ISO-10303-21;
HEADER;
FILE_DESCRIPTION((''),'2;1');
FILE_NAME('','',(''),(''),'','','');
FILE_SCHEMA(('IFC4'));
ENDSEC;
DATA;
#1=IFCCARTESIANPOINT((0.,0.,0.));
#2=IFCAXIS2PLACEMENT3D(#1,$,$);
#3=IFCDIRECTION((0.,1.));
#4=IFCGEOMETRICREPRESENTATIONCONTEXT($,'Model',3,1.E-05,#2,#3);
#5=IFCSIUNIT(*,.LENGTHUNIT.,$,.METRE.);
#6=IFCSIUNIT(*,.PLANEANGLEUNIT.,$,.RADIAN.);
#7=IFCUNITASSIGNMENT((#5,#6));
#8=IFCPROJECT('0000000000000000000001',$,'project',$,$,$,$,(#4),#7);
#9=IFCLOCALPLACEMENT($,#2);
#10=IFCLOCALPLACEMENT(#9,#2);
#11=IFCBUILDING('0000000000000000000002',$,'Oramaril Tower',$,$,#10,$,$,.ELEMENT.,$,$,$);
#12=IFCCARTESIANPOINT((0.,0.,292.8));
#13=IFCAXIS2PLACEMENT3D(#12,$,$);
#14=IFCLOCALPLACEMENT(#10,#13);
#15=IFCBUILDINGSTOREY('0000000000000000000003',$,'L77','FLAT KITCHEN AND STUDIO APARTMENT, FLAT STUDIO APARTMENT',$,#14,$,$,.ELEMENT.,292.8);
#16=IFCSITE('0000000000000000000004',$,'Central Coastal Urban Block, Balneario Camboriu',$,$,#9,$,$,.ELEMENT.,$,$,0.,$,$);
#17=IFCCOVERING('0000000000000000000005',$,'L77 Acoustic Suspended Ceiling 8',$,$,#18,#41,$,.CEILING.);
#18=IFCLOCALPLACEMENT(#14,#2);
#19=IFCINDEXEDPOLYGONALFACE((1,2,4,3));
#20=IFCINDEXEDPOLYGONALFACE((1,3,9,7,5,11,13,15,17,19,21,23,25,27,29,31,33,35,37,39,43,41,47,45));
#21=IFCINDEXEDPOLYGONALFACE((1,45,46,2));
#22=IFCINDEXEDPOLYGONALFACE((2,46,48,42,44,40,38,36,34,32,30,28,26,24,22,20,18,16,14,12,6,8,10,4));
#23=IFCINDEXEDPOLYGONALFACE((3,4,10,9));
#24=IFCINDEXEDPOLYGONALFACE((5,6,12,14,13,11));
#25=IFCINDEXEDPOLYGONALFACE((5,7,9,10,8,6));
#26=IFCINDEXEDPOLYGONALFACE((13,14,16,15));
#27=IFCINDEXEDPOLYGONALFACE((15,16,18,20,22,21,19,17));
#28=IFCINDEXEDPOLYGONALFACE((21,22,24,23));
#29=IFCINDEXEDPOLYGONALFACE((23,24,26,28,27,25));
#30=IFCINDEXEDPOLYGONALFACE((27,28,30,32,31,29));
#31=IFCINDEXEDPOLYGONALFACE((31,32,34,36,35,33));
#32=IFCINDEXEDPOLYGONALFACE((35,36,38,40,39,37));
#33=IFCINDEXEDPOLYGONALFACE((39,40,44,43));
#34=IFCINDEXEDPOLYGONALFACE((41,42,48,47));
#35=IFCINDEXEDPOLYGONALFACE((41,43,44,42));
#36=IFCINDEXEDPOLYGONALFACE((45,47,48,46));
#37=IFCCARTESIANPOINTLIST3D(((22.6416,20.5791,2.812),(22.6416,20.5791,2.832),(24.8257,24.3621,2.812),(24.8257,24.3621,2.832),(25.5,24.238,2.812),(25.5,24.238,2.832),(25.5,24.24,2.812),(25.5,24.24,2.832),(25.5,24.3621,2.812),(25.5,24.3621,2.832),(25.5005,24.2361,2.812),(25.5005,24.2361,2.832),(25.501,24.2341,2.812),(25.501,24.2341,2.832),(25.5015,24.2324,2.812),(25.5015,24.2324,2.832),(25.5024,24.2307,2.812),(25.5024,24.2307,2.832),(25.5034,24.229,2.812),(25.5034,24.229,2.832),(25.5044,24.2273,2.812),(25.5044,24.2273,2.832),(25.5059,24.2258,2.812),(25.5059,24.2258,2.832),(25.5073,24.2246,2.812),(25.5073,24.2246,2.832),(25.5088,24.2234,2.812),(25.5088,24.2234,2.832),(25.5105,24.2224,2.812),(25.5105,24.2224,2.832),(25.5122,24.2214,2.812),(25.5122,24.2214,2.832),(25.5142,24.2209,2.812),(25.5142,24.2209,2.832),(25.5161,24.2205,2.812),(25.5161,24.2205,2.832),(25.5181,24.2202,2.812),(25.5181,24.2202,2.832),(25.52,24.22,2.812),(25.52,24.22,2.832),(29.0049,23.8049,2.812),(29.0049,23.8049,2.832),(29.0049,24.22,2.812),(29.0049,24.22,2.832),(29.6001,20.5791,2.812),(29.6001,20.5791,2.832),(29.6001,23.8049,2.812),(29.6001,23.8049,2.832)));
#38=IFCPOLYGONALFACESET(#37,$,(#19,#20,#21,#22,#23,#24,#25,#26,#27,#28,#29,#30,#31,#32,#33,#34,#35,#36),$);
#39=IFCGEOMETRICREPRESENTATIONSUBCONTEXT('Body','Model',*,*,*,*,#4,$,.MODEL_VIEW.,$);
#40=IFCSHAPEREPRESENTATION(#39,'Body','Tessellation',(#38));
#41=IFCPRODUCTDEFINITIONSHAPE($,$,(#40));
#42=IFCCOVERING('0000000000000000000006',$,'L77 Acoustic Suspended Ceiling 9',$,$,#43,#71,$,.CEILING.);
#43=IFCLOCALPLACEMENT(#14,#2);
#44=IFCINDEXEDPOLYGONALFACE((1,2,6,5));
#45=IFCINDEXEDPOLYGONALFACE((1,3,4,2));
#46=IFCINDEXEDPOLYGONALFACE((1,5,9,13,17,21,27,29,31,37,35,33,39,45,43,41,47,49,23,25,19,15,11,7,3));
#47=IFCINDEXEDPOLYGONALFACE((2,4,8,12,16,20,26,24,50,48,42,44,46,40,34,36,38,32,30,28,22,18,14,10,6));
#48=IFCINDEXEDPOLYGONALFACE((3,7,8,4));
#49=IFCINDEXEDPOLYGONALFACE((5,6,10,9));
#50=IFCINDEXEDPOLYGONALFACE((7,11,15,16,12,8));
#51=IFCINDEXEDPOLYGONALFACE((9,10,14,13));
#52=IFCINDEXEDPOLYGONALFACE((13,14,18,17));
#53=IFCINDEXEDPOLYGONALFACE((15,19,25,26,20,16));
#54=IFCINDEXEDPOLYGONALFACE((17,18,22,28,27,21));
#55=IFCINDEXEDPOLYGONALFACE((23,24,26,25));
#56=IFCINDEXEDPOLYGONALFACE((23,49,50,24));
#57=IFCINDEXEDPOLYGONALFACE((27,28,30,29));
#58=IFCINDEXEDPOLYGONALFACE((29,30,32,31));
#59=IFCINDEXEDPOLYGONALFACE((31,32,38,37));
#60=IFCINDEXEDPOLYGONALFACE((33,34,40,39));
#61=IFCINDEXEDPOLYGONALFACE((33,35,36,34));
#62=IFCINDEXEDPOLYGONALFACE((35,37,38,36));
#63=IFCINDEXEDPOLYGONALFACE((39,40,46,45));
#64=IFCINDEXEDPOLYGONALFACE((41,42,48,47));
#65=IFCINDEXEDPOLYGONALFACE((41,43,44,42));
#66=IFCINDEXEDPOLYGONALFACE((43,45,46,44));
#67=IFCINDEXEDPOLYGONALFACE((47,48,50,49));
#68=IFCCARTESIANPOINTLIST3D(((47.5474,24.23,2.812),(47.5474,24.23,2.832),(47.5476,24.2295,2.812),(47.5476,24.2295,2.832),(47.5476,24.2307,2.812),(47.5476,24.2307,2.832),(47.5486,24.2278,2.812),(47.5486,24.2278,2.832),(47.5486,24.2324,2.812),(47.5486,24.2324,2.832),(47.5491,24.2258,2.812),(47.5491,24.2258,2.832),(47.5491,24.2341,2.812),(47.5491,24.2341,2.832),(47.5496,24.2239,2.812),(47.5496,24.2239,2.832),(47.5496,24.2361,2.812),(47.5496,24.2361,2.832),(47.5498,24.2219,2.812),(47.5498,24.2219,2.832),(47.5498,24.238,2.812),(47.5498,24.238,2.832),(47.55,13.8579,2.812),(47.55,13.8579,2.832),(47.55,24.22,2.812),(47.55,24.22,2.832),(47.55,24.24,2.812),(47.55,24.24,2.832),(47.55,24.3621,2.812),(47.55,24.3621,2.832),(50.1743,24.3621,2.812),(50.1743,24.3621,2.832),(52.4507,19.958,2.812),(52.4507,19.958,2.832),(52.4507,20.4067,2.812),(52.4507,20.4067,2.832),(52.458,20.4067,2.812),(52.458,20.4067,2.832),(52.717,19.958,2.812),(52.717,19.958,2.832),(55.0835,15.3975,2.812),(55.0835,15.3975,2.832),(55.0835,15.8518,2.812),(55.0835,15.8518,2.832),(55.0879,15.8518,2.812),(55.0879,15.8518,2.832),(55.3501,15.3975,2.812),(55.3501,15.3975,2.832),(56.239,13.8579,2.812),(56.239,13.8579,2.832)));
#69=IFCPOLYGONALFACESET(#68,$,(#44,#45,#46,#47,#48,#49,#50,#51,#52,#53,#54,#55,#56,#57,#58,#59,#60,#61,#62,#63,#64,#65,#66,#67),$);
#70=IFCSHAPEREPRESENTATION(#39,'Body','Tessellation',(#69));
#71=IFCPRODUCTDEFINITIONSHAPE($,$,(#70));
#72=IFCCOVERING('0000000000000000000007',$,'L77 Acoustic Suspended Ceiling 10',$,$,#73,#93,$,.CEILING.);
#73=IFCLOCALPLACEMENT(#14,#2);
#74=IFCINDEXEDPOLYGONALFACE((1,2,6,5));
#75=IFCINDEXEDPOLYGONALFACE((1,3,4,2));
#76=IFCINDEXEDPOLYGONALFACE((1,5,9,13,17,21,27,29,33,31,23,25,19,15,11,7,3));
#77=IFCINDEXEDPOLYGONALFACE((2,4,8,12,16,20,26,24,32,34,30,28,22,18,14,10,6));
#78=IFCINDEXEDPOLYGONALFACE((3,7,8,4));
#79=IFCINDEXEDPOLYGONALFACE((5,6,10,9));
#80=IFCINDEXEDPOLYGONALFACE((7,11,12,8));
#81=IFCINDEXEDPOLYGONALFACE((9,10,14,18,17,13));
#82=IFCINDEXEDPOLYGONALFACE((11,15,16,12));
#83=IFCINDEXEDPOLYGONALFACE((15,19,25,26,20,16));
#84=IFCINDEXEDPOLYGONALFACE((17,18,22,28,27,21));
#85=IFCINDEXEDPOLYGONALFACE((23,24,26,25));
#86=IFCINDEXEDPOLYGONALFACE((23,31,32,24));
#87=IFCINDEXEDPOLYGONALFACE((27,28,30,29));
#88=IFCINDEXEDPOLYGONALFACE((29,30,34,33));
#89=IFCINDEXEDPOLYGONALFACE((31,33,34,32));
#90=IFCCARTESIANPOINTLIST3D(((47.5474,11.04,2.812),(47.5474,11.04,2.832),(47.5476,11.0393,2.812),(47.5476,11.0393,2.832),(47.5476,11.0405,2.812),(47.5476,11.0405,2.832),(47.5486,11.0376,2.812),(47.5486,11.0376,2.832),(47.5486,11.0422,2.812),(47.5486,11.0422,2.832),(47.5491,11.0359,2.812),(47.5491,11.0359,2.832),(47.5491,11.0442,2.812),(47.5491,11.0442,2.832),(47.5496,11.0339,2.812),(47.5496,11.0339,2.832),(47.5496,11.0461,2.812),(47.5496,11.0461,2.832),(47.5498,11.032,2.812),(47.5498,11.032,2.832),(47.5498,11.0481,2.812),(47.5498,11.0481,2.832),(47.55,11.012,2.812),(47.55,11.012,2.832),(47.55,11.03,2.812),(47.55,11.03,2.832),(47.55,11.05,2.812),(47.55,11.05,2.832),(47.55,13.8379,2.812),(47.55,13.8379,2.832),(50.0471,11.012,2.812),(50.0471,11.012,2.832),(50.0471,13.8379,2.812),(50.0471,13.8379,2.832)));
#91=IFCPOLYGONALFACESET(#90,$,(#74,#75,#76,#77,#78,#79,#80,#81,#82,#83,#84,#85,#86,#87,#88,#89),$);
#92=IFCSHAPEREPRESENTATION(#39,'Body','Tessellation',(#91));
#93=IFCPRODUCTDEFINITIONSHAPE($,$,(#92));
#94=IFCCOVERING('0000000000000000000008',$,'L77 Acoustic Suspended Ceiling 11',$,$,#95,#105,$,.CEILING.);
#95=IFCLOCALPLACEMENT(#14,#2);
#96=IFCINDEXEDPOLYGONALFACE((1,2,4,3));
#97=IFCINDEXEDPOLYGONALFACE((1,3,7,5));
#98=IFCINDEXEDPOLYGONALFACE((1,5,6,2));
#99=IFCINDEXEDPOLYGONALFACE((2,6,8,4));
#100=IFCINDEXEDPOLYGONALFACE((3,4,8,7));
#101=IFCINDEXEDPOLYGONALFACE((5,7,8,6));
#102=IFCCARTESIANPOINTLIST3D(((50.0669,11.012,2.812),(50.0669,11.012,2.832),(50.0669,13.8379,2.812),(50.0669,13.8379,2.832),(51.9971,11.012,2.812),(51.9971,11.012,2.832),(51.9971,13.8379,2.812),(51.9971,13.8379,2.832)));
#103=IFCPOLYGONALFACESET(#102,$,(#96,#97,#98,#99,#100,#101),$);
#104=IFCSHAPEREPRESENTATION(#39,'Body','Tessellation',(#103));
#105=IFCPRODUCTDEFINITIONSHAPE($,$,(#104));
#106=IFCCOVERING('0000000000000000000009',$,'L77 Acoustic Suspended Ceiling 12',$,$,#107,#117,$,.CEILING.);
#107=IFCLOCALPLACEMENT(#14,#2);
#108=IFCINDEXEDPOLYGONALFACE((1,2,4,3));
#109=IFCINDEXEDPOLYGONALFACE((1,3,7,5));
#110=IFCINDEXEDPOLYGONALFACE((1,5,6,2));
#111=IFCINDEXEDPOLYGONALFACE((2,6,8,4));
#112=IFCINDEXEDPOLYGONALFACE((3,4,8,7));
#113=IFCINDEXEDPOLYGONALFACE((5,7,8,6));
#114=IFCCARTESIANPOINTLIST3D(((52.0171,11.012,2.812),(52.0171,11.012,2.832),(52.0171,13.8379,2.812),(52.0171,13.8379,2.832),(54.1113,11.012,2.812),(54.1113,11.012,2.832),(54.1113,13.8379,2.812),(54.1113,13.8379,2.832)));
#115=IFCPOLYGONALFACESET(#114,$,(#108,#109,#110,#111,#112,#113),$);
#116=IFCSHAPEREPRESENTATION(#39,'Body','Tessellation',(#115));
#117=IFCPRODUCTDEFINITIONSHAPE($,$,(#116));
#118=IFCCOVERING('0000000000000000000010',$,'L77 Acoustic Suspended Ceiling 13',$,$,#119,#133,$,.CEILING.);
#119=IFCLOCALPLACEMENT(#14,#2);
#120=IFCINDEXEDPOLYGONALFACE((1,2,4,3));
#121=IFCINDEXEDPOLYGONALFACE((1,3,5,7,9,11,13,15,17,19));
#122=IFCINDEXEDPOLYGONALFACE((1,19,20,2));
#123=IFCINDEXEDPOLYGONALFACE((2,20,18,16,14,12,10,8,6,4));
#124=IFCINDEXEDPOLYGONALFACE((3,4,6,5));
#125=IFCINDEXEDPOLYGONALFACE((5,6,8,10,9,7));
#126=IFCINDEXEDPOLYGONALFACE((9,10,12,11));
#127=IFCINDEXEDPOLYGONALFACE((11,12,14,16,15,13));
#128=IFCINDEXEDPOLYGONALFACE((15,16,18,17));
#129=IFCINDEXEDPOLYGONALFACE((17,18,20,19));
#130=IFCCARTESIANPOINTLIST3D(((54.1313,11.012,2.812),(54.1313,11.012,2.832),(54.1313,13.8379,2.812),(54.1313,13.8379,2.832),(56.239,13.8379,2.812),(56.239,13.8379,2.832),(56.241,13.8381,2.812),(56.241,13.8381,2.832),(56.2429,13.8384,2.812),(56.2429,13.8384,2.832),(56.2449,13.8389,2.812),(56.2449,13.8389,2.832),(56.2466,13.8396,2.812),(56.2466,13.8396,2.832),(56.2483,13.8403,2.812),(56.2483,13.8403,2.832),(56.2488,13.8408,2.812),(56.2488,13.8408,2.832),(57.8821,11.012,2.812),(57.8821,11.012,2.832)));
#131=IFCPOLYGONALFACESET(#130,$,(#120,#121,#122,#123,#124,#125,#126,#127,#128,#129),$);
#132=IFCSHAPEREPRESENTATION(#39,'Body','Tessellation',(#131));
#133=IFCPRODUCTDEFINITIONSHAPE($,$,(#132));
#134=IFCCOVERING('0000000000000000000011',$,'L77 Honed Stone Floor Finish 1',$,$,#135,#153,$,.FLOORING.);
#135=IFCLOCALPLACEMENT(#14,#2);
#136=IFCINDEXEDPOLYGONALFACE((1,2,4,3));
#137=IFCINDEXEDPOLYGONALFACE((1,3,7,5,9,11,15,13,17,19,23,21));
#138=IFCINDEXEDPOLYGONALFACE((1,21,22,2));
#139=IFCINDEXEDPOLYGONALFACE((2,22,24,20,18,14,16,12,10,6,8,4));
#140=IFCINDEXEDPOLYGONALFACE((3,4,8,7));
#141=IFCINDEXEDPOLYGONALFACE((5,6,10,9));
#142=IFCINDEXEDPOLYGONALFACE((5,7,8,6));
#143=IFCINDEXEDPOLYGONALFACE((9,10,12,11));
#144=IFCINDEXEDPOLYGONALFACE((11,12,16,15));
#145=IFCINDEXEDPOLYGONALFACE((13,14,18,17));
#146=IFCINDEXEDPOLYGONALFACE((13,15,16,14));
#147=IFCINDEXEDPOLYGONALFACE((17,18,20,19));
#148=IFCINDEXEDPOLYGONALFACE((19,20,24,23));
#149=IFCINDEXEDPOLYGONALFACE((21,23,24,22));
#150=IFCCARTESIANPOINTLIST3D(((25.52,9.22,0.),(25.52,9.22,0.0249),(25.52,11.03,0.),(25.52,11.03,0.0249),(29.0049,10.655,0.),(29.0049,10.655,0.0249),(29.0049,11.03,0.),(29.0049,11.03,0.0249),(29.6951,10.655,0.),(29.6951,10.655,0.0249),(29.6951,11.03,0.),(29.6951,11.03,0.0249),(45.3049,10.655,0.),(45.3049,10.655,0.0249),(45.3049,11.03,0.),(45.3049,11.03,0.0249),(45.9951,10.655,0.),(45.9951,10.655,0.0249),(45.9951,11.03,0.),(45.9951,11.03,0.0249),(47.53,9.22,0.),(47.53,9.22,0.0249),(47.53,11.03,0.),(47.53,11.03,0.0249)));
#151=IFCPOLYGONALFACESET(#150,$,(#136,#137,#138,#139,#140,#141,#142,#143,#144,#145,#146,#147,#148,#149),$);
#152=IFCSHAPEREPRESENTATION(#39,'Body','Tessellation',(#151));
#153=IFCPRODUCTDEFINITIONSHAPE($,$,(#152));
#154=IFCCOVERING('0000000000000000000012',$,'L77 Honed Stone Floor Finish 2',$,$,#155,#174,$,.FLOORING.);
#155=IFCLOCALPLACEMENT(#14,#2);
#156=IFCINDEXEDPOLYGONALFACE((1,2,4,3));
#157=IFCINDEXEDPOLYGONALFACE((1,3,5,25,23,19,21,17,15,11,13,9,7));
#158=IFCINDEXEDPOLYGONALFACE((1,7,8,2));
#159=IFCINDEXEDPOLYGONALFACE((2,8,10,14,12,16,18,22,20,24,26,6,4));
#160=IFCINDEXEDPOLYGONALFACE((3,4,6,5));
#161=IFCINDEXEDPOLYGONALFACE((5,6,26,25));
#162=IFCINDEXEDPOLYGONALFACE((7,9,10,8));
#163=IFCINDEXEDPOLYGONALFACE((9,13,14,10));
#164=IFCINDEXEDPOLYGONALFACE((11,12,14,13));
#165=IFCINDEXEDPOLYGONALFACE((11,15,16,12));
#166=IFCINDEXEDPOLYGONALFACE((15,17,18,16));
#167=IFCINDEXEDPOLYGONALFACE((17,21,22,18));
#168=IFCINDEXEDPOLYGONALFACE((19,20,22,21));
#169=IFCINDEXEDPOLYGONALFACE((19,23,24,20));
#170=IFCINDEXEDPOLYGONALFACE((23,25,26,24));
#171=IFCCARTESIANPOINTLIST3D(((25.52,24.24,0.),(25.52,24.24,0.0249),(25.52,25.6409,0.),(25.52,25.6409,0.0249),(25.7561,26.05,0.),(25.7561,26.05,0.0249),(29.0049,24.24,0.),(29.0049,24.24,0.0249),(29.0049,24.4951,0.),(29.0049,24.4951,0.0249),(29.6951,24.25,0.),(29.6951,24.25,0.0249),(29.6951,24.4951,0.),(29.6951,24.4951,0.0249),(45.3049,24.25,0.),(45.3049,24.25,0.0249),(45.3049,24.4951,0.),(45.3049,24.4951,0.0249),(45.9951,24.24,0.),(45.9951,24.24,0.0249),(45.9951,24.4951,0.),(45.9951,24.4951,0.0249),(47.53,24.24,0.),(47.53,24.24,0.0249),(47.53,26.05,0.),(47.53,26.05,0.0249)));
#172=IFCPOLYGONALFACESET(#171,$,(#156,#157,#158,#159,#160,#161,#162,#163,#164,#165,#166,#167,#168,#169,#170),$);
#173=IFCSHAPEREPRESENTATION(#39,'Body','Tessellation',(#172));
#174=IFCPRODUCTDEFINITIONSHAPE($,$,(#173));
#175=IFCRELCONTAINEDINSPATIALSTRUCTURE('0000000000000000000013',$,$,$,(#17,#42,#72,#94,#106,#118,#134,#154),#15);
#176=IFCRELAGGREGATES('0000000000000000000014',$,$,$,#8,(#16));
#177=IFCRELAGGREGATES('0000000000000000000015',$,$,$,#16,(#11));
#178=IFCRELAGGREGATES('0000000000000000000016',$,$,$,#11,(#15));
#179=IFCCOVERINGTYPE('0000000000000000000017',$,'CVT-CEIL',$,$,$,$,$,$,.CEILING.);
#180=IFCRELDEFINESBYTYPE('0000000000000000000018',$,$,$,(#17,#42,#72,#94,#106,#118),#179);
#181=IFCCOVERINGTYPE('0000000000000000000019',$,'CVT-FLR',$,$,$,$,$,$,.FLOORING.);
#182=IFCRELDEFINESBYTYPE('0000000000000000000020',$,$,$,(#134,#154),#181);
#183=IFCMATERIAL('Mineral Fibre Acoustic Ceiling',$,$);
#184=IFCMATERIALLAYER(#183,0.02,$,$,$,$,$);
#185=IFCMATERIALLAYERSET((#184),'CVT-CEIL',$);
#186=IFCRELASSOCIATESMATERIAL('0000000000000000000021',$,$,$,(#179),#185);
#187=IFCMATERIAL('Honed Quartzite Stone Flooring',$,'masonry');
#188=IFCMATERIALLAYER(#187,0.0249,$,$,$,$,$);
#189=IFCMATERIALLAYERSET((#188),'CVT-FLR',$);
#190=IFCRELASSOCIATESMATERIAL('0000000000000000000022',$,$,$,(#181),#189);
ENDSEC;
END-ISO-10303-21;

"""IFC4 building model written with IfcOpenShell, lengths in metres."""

from ifc_helpers import new_model, si_unit, direction, frame, origin, place, context, subcontext, project, spatial, polyline, outline, extrude, material, layer, layer_set, type_object, element, save


model = new_model("IFC4")

# Units and contexts
model_context = context("Model", 3, precision=1e-05, world=origin(), true_north=direction((0.0, 1.0)))
body_context = subcontext(model_context, "Body", "Model", "MODEL_VIEW")
ifc_project = project(units=[si_unit("LENGTHUNIT", "METRE"), si_unit("PLANEANGLEUNIT", "RADIAN")], contexts=[model_context])

# Site, building, storey
site_placement = place(None, origin())
site = spatial("IfcSite", under=ifc_project, at=site_placement, Name="Central Coastal Urban Block, Balneario Camboriu", CompositionType="ELEMENT", RefElevation=0.0)
building_placement = place(site_placement, origin())
building = spatial("IfcBuilding", under=site, at=building_placement, Name="Oramaril Tower", CompositionType="ELEMENT")
storey_placement = place(building_placement, frame((0.0, 0.0, 292.8)))
storey = spatial("IfcBuildingStorey", under=building, at=storey_placement, Name="L77", Description="FLAT KITCHEN AND STUDIO APARTMENT, FLAT STUDIO APARTMENT", CompositionType="ELEMENT", Elevation=292.8)

# Coverings
ifc_material_1 = material(Name="Mineral Fibre Acoustic Ceiling")
ifc_layer_1 = layer(ifc_material_1, 0.02)
ifc_layer_set_1 = layer_set([ifc_layer_1], Name="CVT-CEIL")
covering_type_1 = type_object("IfcCoveringType", Name="CVT-CEIL", PredefinedType="CEILING", material=ifc_layer_set_1)
covering_1_placement = place(storey_placement, frame((0.0, 0.0, 2.812)))
element("IfcCovering", 1, at=covering_1_placement, inside=storey, type_object=covering_type_1, Name="L77 Acoustic Suspended Ceiling 8", PredefinedType="CEILING", context=body_context, shape_type="SweptSolid", body=[
    extrude(outline(polyline([(29.0049, 23.8049), (29.6001, 23.8049), (29.6001, 20.5791), (22.6416, 20.5791), (24.8257, 24.3621), (25.5, 24.3621), (25.5, 24.24), (25.5, 24.238), (25.5005, 24.2361), (25.501, 24.2341), (25.5015, 24.2324), (25.5024, 24.2307), (25.5034, 24.229), (25.5044, 24.2273), (25.5059, 24.2258), (25.5073, 24.2246), (25.5088, 24.2234), (25.5105, 24.2224), (25.5122, 24.2214), (25.5142, 24.2209), (25.5161, 24.2205), (25.5181, 24.2202), (25.52, 24.22), (29.0049, 24.22), (29.0049, 23.8049)])), origin(), (0.0, 0.0, 1.0), 0.02),
])
covering_2_placement = place(storey_placement, frame((0.0, 0.0, 2.812)))
element("IfcCovering", 2, at=covering_2_placement, inside=storey, type_object=covering_type_1, Name="L77 Acoustic Suspended Ceiling 9", PredefinedType="CEILING", context=body_context, shape_type="SweptSolid", body=[
    extrude(outline(polyline([(52.4507, 20.4067), (52.4507, 19.958), (52.717, 19.958), (55.0879, 15.8518), (55.0835, 15.8518), (55.0835, 15.3975), (55.3501, 15.3975), (56.239, 13.8579), (47.55, 13.8579), (47.55, 24.22), (47.5498, 24.2219), (47.5496, 24.2239), (47.5491, 24.2258), (47.5486, 24.2278), (47.5476, 24.2295), (47.5474, 24.23), (47.5476, 24.2307), (47.5486, 24.2324), (47.5491, 24.2341), (47.5496, 24.2361), (47.5498, 24.238), (47.55, 24.24), (47.55, 24.3621), (50.1743, 24.3621), (52.458, 20.4067), (52.4507, 20.4067)])), origin(), (0.0, 0.0, 1.0), 0.02),
])
covering_3_placement = place(storey_placement, frame((0.0, 0.0, 2.812)))
element("IfcCovering", 3, at=covering_3_placement, inside=storey, type_object=covering_type_1, Name="L77 Acoustic Suspended Ceiling 10", PredefinedType="CEILING", context=body_context, shape_type="SweptSolid", body=[
    extrude(outline(polyline([(50.0471, 11.012), (47.55, 11.012), (47.55, 11.03), (47.5498, 11.032), (47.5496, 11.0339), (47.5491, 11.0359), (47.5486, 11.0376), (47.5476, 11.0393), (47.5474, 11.04), (47.5476, 11.0405), (47.5486, 11.0422), (47.5491, 11.0442), (47.5496, 11.0461), (47.5498, 11.0481), (47.55, 11.05), (47.55, 13.8379), (50.0471, 13.8379), (50.0471, 11.012)])), origin(), (0.0, 0.0, 1.0), 0.02),
])
covering_4_placement = place(storey_placement, frame((0.0, 0.0, 2.812)))
element("IfcCovering", 4, at=covering_4_placement, inside=storey, type_object=covering_type_1, Name="L77 Acoustic Suspended Ceiling 11", PredefinedType="CEILING", context=body_context, shape_type="SweptSolid", body=[
    extrude(outline(polyline([(51.9971, 11.012), (50.0669, 11.012), (50.0669, 13.8379), (51.9971, 13.8379), (51.9971, 11.012)])), origin(), (0.0, 0.0, 1.0), 0.02),
])
covering_5_placement = place(storey_placement, frame((0.0, 0.0, 2.812)))
element("IfcCovering", 5, at=covering_5_placement, inside=storey, type_object=covering_type_1, Name="L77 Acoustic Suspended Ceiling 12", PredefinedType="CEILING", context=body_context, shape_type="SweptSolid", body=[
    extrude(outline(polyline([(54.1113, 11.012), (52.0171, 11.012), (52.0171, 13.8379), (54.1113, 13.8379), (54.1113, 11.012)])), origin(), (0.0, 0.0, 1.0), 0.02),
])
covering_6_placement = place(storey_placement, frame((0.0, 0.0, 2.812)))
element("IfcCovering", 6, at=covering_6_placement, inside=storey, type_object=covering_type_1, Name="L77 Acoustic Suspended Ceiling 13", PredefinedType="CEILING", context=body_context, shape_type="SweptSolid", body=[
    extrude(outline(polyline([(57.8821, 11.012), (54.1313, 11.012), (54.1313, 13.8379), (56.239, 13.8379), (56.241, 13.8381), (56.2429, 13.8384), (56.2449, 13.8389), (56.2466, 13.8396), (56.2483, 13.8403), (56.2488, 13.8408), (57.8821, 11.012)])), origin(), (0.0, 0.0, 1.0), 0.02),
])
ifc_material_2 = material(Name="Honed Quartzite Stone Flooring", Category="masonry")
ifc_layer_2 = layer(ifc_material_2, 0.0249)
ifc_layer_set_2 = layer_set([ifc_layer_2], Name="CVT-FLR")
covering_type_2 = type_object("IfcCoveringType", Name="CVT-FLR", PredefinedType="FLOORING", material=ifc_layer_set_2)
covering_7_placement = place(storey_placement, origin())
element("IfcCovering", 7, at=covering_7_placement, inside=storey, type_object=covering_type_2, Name="L77 Honed Stone Floor Finish 1", PredefinedType="FLOORING", context=body_context, shape_type="SweptSolid", body=[
    extrude(outline(polyline([(29.0049, 10.655), (29.6951, 10.655), (29.6951, 11.03), (45.3049, 11.03), (45.3049, 10.655), (45.9951, 10.655), (45.9951, 11.03), (47.53, 11.03), (47.53, 9.22), (25.52, 9.22), (25.52, 11.03), (29.0049, 11.03), (29.0049, 10.655)])), origin(), (0.0, 0.0, 1.0), 0.0249),
])
covering_8_placement = place(storey_placement, origin())
element("IfcCovering", 8, at=covering_8_placement, inside=storey, type_object=covering_type_2, Name="L77 Honed Stone Floor Finish 2", PredefinedType="FLOORING", context=body_context, shape_type="SweptSolid", body=[
    extrude(outline(polyline([(45.9951, 24.24), (45.9951, 24.4951), (45.3049, 24.4951), (45.3049, 24.25), (29.6951, 24.25), (29.6951, 24.4951), (29.0049, 24.4951), (29.0049, 24.24), (25.52, 24.24), (25.52, 25.6409), (25.7561, 26.05), (47.53, 26.05), (47.53, 24.24), (45.9951, 24.24)])), origin(), (0.0, 0.0, 1.0), 0.0249),
])

save(model, "model.ifc")
